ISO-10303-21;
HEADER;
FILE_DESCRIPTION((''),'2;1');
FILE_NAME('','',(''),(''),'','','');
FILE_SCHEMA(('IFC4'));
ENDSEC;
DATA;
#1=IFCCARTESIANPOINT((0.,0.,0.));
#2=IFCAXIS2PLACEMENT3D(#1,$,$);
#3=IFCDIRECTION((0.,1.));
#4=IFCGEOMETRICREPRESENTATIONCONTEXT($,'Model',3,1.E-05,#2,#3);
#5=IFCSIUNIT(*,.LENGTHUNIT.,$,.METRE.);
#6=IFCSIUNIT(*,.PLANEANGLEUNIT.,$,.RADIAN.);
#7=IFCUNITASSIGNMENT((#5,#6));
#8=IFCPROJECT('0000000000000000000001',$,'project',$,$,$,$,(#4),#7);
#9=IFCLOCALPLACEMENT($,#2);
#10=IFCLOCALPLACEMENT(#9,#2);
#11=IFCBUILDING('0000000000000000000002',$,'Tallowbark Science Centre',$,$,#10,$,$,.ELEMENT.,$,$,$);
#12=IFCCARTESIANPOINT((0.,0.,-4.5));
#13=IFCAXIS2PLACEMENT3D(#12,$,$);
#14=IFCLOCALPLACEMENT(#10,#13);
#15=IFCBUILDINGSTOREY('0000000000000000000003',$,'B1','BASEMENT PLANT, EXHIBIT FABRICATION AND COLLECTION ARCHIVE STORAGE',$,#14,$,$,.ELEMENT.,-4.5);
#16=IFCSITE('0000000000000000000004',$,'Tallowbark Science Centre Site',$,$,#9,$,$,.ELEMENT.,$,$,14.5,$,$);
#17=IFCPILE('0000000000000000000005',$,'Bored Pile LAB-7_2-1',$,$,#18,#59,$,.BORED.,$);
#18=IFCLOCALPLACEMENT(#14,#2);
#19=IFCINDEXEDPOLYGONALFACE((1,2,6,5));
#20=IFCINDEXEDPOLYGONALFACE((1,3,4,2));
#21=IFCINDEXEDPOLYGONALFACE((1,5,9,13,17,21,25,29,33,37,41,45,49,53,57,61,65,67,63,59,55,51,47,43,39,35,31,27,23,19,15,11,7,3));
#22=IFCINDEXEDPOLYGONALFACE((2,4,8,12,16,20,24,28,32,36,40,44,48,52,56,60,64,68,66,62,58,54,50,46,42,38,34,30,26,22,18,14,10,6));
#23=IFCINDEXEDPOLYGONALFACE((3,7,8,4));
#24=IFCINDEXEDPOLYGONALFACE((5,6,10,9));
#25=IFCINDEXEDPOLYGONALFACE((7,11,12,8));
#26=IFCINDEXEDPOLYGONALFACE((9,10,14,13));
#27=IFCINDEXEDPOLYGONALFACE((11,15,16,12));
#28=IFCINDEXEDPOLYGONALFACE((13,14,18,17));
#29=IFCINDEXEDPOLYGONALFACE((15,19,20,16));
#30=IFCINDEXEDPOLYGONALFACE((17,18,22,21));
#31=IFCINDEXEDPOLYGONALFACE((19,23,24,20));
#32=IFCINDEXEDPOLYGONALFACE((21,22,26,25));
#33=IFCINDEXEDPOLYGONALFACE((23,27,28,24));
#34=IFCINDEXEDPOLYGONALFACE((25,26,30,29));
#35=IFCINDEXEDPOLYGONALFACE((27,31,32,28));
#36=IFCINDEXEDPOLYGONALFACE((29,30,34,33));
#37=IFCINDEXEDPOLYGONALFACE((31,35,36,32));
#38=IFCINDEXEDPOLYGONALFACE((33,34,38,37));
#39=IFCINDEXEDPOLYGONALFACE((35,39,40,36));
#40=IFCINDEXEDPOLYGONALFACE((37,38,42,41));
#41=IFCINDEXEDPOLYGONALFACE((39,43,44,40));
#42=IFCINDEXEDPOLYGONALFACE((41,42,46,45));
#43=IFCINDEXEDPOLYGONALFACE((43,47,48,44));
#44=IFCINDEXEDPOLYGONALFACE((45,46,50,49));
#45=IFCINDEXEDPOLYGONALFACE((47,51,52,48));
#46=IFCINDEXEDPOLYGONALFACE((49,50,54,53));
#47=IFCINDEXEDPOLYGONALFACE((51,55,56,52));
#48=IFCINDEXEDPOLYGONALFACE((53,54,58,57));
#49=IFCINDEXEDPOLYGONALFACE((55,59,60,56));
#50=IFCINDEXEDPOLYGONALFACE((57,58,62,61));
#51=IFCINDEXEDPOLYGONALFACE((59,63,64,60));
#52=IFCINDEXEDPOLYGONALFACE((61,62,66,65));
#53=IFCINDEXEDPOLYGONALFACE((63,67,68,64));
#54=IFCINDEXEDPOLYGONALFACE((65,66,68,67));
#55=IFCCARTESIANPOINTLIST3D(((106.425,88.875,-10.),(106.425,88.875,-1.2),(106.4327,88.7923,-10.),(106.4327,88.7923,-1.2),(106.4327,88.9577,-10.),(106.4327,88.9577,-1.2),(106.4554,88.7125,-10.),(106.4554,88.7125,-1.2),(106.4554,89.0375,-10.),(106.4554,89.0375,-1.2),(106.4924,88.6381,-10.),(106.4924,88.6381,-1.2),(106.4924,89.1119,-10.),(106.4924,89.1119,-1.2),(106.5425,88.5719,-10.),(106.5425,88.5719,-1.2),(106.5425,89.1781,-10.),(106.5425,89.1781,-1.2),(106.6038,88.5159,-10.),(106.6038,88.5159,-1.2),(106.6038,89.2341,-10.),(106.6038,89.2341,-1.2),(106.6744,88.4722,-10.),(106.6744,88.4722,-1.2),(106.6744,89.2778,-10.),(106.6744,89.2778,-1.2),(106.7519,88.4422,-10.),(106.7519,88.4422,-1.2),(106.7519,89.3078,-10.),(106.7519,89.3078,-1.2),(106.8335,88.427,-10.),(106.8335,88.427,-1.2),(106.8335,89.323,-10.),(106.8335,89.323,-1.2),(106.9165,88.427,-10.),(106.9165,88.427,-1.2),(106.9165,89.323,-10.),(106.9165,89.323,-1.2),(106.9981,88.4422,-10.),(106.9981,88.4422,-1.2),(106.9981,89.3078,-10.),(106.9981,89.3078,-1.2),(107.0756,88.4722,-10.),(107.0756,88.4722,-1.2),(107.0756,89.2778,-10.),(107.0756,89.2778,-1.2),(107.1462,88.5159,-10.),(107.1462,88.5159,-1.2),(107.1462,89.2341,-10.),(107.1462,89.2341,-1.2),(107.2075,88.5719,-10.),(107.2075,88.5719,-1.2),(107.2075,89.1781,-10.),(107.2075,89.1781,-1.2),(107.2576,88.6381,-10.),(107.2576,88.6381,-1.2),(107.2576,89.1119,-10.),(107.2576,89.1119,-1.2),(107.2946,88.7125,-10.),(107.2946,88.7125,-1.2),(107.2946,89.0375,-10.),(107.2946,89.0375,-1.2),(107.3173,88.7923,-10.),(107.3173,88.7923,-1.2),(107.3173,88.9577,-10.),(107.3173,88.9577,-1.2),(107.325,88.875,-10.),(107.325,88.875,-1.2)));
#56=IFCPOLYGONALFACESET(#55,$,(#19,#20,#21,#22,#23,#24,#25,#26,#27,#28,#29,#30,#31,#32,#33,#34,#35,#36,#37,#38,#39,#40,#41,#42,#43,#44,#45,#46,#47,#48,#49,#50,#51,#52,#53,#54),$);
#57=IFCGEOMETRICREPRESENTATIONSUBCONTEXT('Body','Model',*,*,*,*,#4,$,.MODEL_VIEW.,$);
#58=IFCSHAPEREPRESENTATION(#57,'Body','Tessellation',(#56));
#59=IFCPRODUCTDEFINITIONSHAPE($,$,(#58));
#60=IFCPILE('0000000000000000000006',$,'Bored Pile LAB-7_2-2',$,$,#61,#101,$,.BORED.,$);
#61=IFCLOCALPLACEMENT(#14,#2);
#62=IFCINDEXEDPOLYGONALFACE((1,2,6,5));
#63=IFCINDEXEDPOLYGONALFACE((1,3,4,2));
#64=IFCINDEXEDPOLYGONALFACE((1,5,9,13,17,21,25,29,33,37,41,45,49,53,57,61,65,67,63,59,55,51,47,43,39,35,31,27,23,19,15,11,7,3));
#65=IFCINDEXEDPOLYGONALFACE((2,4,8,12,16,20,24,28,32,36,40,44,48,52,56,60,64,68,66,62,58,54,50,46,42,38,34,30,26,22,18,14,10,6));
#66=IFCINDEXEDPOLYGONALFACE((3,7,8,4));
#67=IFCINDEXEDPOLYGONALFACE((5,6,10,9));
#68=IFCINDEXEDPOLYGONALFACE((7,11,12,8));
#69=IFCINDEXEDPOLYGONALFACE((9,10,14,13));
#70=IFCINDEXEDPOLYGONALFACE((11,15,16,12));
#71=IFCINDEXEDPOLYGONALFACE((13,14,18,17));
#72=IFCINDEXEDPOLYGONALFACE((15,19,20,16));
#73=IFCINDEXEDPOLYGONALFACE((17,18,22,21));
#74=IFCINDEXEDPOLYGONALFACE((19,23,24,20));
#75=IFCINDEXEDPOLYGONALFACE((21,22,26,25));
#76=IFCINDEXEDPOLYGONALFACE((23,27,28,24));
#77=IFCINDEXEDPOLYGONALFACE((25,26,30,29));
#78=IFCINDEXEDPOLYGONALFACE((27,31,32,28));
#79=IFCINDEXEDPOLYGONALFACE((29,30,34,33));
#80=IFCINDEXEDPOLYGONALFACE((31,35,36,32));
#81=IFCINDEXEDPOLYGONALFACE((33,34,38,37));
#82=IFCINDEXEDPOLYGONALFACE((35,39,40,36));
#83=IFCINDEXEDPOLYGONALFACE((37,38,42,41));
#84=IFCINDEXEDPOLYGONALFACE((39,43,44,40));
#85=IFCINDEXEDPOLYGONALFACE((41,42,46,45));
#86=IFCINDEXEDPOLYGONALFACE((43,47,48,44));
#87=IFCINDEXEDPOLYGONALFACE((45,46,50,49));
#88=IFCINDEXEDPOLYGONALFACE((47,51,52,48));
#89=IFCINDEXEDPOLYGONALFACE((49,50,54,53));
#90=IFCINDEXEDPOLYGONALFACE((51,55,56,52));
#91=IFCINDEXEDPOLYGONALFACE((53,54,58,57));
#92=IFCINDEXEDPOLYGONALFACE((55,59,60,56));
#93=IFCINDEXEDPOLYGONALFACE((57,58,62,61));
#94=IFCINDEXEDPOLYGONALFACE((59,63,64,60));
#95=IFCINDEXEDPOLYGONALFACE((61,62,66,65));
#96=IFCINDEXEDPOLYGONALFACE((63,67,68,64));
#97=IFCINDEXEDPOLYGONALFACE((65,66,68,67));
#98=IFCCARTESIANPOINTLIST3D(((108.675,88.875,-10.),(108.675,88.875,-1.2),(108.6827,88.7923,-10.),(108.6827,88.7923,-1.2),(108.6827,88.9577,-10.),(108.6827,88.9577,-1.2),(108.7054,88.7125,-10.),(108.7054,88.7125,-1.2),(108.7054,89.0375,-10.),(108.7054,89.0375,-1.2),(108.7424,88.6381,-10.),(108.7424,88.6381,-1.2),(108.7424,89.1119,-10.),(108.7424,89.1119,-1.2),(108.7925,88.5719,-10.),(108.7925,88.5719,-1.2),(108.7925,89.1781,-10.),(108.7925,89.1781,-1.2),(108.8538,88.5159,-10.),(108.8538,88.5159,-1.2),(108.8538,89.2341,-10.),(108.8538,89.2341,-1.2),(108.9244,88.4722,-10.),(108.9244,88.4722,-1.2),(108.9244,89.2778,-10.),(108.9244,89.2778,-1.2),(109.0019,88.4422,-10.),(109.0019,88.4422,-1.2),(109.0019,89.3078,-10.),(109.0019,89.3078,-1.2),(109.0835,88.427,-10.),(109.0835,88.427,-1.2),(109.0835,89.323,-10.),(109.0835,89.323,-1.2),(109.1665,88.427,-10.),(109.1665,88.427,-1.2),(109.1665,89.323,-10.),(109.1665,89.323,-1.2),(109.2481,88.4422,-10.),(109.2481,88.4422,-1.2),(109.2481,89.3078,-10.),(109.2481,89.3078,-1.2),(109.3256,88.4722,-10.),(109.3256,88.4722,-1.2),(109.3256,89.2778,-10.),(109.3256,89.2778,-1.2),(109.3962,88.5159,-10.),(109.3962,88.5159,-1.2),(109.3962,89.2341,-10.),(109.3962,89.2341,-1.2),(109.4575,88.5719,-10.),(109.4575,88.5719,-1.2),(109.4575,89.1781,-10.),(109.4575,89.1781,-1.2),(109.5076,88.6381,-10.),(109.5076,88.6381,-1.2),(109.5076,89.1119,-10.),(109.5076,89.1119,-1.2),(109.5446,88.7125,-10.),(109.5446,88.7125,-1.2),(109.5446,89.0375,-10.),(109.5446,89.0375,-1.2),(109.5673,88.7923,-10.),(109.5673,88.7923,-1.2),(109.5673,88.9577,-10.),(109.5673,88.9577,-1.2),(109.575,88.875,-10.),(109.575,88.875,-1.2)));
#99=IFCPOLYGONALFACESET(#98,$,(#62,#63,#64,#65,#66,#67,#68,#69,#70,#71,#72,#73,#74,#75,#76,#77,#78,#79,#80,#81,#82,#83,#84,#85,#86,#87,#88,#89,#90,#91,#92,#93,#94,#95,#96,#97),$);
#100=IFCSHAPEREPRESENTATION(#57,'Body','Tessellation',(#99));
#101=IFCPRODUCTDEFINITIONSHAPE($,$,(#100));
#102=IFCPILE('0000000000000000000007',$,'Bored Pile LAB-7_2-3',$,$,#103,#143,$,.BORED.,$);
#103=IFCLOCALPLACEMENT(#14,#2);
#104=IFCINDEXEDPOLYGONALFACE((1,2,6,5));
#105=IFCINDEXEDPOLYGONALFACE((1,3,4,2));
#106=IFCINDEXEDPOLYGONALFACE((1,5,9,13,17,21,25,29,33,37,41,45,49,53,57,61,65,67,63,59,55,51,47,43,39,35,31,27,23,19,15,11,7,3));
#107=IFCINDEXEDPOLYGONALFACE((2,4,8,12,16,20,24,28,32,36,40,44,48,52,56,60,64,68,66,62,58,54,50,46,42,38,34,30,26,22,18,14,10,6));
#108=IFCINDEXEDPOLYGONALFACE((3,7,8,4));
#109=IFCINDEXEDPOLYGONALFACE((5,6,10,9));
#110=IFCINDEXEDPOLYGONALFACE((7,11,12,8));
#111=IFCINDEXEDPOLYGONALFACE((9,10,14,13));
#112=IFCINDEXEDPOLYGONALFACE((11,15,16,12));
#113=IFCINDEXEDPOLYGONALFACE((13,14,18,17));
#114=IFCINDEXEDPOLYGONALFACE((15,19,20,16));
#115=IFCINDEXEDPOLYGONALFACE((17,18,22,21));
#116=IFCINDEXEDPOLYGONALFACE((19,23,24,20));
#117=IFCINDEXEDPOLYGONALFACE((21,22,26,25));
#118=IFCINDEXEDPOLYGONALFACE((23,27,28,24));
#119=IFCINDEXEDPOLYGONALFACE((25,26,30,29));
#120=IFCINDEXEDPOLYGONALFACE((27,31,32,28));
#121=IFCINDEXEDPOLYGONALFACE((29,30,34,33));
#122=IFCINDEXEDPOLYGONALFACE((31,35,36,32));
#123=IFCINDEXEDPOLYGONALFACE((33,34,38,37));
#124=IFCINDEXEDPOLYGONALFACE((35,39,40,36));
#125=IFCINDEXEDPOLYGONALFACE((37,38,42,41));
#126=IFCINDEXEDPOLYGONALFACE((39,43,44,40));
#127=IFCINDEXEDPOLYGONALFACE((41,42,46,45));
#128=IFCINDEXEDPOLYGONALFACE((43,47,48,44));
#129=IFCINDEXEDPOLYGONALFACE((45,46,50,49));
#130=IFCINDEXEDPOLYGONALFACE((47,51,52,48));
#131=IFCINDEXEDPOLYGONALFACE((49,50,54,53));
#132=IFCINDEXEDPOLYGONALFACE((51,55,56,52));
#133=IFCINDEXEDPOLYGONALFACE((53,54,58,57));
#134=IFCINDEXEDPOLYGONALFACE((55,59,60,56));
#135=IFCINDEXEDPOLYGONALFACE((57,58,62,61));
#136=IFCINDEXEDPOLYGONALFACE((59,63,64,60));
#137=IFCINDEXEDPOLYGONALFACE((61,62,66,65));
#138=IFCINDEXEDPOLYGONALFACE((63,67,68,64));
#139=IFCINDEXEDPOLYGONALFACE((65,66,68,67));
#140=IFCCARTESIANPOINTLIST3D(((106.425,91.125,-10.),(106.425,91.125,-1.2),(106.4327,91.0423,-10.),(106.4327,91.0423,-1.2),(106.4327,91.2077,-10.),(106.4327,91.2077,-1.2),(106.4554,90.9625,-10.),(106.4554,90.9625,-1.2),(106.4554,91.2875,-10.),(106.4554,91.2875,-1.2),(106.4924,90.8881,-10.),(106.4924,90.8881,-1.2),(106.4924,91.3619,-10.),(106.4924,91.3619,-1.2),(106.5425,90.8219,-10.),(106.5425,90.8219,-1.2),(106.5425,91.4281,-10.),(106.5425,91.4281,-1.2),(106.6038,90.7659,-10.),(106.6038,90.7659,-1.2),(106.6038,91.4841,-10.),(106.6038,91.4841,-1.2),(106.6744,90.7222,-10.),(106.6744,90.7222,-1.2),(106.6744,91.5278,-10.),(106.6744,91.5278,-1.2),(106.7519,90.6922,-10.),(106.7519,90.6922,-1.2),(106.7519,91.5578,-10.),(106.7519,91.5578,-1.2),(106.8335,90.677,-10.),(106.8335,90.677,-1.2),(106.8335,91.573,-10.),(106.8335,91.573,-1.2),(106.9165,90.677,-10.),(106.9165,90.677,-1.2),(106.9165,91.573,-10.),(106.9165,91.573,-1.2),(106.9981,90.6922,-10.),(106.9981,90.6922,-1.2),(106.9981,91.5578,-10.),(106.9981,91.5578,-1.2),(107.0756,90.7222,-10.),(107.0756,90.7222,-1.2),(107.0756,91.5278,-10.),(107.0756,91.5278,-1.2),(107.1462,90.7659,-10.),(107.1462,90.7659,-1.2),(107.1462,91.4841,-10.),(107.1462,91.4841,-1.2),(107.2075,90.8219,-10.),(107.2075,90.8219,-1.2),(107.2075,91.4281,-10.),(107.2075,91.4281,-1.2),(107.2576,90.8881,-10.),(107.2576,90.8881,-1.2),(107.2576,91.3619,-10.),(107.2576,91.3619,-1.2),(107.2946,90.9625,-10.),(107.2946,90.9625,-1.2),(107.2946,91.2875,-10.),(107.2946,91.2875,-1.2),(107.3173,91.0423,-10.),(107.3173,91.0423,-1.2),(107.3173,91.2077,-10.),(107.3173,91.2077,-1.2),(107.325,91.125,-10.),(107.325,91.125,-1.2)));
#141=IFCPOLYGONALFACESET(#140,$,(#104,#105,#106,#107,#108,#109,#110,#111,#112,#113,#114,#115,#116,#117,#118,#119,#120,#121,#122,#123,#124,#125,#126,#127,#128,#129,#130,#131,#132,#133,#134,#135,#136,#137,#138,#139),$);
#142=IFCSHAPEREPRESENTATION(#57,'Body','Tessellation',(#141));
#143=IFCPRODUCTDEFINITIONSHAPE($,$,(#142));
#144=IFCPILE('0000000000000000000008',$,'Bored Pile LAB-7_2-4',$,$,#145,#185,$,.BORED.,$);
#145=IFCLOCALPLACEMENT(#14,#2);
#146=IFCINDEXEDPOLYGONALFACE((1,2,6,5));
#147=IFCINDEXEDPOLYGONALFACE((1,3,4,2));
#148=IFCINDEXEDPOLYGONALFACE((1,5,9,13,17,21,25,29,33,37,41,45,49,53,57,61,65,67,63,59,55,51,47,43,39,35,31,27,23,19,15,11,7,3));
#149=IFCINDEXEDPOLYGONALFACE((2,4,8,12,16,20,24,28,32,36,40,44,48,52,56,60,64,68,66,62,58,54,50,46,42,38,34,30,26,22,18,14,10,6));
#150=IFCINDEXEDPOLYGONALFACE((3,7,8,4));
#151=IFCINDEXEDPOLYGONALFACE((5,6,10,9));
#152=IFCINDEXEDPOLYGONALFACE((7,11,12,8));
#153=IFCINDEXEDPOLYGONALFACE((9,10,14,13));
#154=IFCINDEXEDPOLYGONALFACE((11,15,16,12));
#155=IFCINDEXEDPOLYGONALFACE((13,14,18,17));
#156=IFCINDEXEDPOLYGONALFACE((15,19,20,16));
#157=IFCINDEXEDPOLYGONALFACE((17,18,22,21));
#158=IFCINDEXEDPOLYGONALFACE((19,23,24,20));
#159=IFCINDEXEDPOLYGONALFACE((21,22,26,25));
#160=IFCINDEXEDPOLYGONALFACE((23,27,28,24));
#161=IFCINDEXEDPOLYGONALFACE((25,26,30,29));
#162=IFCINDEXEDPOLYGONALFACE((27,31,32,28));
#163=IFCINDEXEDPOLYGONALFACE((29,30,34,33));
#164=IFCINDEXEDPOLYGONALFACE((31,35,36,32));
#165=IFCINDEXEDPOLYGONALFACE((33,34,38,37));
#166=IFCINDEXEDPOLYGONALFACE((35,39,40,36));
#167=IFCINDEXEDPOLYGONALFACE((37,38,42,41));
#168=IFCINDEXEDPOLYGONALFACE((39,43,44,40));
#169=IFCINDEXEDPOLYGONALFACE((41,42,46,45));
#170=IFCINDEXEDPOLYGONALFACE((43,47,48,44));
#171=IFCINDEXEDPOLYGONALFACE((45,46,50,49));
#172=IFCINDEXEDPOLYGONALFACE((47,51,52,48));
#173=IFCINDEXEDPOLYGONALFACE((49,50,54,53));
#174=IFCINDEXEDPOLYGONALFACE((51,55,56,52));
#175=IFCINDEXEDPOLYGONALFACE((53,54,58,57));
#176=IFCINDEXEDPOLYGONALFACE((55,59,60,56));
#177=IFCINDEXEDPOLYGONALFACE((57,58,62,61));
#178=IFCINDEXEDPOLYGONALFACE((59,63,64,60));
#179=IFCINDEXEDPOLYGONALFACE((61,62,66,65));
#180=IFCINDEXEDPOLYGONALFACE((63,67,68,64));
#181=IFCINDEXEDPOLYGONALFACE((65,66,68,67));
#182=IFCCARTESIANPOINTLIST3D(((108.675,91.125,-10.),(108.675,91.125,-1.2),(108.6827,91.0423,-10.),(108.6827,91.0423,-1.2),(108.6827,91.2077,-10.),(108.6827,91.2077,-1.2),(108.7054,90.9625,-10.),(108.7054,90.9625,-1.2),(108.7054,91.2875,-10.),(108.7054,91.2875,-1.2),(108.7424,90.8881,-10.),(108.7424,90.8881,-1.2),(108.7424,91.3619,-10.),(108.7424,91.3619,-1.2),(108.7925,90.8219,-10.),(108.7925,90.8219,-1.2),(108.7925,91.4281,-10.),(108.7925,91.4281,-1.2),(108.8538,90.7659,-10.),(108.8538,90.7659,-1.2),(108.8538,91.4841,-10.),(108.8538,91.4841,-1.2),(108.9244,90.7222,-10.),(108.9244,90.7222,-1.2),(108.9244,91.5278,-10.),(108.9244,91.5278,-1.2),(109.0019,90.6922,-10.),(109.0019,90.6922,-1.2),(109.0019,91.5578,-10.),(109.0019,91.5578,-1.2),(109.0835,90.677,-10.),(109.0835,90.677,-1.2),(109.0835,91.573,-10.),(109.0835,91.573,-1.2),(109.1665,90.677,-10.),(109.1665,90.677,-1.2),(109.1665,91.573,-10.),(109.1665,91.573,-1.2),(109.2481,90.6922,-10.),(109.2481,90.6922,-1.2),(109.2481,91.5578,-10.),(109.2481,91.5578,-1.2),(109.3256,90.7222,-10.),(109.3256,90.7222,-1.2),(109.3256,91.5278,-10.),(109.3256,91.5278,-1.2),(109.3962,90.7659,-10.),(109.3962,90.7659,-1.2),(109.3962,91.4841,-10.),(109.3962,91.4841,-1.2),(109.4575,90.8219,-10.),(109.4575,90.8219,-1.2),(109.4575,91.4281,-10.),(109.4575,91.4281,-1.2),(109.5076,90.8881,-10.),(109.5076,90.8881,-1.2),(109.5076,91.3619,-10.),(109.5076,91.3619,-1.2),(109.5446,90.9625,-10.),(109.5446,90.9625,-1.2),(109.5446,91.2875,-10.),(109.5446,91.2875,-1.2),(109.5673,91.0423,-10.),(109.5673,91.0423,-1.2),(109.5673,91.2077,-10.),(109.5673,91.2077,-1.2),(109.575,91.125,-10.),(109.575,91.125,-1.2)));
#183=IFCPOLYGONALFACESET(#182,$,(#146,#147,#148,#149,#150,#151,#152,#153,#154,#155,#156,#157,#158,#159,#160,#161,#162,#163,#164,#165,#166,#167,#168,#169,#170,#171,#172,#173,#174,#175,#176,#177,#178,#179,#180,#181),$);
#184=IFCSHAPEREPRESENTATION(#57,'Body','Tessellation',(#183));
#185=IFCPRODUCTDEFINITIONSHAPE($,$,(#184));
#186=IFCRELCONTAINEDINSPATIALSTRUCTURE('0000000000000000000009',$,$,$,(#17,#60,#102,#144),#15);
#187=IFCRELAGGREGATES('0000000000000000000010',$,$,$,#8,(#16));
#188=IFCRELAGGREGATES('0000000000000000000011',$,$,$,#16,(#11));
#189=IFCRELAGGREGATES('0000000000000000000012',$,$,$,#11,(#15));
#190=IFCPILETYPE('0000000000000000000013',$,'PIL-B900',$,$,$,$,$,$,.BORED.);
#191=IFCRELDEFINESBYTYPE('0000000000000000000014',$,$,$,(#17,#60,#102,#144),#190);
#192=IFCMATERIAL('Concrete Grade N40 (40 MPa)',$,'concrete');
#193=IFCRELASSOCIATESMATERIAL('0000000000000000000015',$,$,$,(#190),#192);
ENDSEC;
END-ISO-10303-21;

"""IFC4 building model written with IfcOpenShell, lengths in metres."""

from ifc_helpers import new_model, si_unit, direction, frame, origin, origin_2d, place, context, subcontext, project, spatial, circle, extrude, material, material_profile, profile_set, type_object, element, save


model = new_model("IFC4")

# Units and contexts
model_context = context("Model", 3, precision=1e-05, world=origin(), true_north=direction((0.0, 1.0)))
body_context = subcontext(model_context, "Body", "Model", "MODEL_VIEW")
ifc_project = project(units=[si_unit("LENGTHUNIT", "METRE"), si_unit("PLANEANGLEUNIT", "RADIAN")], contexts=[model_context])

# Site, building, storey
site_placement = place(None, origin())
site = spatial("IfcSite", under=ifc_project, at=site_placement, Name="Tallowbark Science Centre Site", CompositionType="ELEMENT", RefElevation=14.5)
building_placement = place(site_placement, origin())
building = spatial("IfcBuilding", under=site, at=building_placement, Name="Tallowbark Science Centre", CompositionType="ELEMENT")
storey_placement = place(building_placement, frame((0.0, 0.0, -4.5)))
storey = spatial("IfcBuildingStorey", under=building, at=storey_placement, Name="B1", Description="BASEMENT PLANT, EXHIBIT FABRICATION AND COLLECTION ARCHIVE STORAGE", CompositionType="ELEMENT", Elevation=-4.5)

# Shared definitions
ifc_material_1 = material(Name="Concrete Grade N40 (40 MPa)", Category="concrete")

# Piles
ifc_material_profile_1 = material_profile(ifc_material_1, circle(Radius=0.45, at=origin_2d()), Name="PILE900")
ifc_profile_set_1 = profile_set([ifc_material_profile_1], Name="Concrete Grade N40 (40 MPa)")
pile_type = type_object("IfcPileType", Name="PIL-B900", PredefinedType="BORED", material=ifc_profile_set_1)
for number, where, z_axis, x_axis, name in (
    (1, (106.875, 88.875, -1.2), (0.0, 0.0, -1.0), (1.0, 0.0, 0.0), "Bored Pile LAB-7_2-1"),
    (2, (109.125, 88.875, -1.2), (0.0, 0.0, -1.0), (1.0, 0.0, 0.0), "Bored Pile LAB-7_2-2"),
    (3, (106.875, 91.125, -1.2), (0.0, 0.0, -1.0), (1.0, 0.0, 0.0), "Bored Pile LAB-7_2-3"),
    (4, (109.125, 91.125, -1.2), (0.0, 0.0, -1.0), (1.0, 0.0, 0.0), "Bored Pile LAB-7_2-4"),
):
    element("IfcPile", number, at=place(storey_placement, frame(where, z_axis=z_axis, x_axis=x_axis)), inside=storey, type_object=pile_type, Name=name, PredefinedType="BORED", context=body_context, shape_type="SweptSolid", body=[
        extrude(circle(Radius=0.45, at=origin_2d()), origin(), (0.0, 0.0, 1.0), 8.8),
    ])

save(model, "model.ifc")
